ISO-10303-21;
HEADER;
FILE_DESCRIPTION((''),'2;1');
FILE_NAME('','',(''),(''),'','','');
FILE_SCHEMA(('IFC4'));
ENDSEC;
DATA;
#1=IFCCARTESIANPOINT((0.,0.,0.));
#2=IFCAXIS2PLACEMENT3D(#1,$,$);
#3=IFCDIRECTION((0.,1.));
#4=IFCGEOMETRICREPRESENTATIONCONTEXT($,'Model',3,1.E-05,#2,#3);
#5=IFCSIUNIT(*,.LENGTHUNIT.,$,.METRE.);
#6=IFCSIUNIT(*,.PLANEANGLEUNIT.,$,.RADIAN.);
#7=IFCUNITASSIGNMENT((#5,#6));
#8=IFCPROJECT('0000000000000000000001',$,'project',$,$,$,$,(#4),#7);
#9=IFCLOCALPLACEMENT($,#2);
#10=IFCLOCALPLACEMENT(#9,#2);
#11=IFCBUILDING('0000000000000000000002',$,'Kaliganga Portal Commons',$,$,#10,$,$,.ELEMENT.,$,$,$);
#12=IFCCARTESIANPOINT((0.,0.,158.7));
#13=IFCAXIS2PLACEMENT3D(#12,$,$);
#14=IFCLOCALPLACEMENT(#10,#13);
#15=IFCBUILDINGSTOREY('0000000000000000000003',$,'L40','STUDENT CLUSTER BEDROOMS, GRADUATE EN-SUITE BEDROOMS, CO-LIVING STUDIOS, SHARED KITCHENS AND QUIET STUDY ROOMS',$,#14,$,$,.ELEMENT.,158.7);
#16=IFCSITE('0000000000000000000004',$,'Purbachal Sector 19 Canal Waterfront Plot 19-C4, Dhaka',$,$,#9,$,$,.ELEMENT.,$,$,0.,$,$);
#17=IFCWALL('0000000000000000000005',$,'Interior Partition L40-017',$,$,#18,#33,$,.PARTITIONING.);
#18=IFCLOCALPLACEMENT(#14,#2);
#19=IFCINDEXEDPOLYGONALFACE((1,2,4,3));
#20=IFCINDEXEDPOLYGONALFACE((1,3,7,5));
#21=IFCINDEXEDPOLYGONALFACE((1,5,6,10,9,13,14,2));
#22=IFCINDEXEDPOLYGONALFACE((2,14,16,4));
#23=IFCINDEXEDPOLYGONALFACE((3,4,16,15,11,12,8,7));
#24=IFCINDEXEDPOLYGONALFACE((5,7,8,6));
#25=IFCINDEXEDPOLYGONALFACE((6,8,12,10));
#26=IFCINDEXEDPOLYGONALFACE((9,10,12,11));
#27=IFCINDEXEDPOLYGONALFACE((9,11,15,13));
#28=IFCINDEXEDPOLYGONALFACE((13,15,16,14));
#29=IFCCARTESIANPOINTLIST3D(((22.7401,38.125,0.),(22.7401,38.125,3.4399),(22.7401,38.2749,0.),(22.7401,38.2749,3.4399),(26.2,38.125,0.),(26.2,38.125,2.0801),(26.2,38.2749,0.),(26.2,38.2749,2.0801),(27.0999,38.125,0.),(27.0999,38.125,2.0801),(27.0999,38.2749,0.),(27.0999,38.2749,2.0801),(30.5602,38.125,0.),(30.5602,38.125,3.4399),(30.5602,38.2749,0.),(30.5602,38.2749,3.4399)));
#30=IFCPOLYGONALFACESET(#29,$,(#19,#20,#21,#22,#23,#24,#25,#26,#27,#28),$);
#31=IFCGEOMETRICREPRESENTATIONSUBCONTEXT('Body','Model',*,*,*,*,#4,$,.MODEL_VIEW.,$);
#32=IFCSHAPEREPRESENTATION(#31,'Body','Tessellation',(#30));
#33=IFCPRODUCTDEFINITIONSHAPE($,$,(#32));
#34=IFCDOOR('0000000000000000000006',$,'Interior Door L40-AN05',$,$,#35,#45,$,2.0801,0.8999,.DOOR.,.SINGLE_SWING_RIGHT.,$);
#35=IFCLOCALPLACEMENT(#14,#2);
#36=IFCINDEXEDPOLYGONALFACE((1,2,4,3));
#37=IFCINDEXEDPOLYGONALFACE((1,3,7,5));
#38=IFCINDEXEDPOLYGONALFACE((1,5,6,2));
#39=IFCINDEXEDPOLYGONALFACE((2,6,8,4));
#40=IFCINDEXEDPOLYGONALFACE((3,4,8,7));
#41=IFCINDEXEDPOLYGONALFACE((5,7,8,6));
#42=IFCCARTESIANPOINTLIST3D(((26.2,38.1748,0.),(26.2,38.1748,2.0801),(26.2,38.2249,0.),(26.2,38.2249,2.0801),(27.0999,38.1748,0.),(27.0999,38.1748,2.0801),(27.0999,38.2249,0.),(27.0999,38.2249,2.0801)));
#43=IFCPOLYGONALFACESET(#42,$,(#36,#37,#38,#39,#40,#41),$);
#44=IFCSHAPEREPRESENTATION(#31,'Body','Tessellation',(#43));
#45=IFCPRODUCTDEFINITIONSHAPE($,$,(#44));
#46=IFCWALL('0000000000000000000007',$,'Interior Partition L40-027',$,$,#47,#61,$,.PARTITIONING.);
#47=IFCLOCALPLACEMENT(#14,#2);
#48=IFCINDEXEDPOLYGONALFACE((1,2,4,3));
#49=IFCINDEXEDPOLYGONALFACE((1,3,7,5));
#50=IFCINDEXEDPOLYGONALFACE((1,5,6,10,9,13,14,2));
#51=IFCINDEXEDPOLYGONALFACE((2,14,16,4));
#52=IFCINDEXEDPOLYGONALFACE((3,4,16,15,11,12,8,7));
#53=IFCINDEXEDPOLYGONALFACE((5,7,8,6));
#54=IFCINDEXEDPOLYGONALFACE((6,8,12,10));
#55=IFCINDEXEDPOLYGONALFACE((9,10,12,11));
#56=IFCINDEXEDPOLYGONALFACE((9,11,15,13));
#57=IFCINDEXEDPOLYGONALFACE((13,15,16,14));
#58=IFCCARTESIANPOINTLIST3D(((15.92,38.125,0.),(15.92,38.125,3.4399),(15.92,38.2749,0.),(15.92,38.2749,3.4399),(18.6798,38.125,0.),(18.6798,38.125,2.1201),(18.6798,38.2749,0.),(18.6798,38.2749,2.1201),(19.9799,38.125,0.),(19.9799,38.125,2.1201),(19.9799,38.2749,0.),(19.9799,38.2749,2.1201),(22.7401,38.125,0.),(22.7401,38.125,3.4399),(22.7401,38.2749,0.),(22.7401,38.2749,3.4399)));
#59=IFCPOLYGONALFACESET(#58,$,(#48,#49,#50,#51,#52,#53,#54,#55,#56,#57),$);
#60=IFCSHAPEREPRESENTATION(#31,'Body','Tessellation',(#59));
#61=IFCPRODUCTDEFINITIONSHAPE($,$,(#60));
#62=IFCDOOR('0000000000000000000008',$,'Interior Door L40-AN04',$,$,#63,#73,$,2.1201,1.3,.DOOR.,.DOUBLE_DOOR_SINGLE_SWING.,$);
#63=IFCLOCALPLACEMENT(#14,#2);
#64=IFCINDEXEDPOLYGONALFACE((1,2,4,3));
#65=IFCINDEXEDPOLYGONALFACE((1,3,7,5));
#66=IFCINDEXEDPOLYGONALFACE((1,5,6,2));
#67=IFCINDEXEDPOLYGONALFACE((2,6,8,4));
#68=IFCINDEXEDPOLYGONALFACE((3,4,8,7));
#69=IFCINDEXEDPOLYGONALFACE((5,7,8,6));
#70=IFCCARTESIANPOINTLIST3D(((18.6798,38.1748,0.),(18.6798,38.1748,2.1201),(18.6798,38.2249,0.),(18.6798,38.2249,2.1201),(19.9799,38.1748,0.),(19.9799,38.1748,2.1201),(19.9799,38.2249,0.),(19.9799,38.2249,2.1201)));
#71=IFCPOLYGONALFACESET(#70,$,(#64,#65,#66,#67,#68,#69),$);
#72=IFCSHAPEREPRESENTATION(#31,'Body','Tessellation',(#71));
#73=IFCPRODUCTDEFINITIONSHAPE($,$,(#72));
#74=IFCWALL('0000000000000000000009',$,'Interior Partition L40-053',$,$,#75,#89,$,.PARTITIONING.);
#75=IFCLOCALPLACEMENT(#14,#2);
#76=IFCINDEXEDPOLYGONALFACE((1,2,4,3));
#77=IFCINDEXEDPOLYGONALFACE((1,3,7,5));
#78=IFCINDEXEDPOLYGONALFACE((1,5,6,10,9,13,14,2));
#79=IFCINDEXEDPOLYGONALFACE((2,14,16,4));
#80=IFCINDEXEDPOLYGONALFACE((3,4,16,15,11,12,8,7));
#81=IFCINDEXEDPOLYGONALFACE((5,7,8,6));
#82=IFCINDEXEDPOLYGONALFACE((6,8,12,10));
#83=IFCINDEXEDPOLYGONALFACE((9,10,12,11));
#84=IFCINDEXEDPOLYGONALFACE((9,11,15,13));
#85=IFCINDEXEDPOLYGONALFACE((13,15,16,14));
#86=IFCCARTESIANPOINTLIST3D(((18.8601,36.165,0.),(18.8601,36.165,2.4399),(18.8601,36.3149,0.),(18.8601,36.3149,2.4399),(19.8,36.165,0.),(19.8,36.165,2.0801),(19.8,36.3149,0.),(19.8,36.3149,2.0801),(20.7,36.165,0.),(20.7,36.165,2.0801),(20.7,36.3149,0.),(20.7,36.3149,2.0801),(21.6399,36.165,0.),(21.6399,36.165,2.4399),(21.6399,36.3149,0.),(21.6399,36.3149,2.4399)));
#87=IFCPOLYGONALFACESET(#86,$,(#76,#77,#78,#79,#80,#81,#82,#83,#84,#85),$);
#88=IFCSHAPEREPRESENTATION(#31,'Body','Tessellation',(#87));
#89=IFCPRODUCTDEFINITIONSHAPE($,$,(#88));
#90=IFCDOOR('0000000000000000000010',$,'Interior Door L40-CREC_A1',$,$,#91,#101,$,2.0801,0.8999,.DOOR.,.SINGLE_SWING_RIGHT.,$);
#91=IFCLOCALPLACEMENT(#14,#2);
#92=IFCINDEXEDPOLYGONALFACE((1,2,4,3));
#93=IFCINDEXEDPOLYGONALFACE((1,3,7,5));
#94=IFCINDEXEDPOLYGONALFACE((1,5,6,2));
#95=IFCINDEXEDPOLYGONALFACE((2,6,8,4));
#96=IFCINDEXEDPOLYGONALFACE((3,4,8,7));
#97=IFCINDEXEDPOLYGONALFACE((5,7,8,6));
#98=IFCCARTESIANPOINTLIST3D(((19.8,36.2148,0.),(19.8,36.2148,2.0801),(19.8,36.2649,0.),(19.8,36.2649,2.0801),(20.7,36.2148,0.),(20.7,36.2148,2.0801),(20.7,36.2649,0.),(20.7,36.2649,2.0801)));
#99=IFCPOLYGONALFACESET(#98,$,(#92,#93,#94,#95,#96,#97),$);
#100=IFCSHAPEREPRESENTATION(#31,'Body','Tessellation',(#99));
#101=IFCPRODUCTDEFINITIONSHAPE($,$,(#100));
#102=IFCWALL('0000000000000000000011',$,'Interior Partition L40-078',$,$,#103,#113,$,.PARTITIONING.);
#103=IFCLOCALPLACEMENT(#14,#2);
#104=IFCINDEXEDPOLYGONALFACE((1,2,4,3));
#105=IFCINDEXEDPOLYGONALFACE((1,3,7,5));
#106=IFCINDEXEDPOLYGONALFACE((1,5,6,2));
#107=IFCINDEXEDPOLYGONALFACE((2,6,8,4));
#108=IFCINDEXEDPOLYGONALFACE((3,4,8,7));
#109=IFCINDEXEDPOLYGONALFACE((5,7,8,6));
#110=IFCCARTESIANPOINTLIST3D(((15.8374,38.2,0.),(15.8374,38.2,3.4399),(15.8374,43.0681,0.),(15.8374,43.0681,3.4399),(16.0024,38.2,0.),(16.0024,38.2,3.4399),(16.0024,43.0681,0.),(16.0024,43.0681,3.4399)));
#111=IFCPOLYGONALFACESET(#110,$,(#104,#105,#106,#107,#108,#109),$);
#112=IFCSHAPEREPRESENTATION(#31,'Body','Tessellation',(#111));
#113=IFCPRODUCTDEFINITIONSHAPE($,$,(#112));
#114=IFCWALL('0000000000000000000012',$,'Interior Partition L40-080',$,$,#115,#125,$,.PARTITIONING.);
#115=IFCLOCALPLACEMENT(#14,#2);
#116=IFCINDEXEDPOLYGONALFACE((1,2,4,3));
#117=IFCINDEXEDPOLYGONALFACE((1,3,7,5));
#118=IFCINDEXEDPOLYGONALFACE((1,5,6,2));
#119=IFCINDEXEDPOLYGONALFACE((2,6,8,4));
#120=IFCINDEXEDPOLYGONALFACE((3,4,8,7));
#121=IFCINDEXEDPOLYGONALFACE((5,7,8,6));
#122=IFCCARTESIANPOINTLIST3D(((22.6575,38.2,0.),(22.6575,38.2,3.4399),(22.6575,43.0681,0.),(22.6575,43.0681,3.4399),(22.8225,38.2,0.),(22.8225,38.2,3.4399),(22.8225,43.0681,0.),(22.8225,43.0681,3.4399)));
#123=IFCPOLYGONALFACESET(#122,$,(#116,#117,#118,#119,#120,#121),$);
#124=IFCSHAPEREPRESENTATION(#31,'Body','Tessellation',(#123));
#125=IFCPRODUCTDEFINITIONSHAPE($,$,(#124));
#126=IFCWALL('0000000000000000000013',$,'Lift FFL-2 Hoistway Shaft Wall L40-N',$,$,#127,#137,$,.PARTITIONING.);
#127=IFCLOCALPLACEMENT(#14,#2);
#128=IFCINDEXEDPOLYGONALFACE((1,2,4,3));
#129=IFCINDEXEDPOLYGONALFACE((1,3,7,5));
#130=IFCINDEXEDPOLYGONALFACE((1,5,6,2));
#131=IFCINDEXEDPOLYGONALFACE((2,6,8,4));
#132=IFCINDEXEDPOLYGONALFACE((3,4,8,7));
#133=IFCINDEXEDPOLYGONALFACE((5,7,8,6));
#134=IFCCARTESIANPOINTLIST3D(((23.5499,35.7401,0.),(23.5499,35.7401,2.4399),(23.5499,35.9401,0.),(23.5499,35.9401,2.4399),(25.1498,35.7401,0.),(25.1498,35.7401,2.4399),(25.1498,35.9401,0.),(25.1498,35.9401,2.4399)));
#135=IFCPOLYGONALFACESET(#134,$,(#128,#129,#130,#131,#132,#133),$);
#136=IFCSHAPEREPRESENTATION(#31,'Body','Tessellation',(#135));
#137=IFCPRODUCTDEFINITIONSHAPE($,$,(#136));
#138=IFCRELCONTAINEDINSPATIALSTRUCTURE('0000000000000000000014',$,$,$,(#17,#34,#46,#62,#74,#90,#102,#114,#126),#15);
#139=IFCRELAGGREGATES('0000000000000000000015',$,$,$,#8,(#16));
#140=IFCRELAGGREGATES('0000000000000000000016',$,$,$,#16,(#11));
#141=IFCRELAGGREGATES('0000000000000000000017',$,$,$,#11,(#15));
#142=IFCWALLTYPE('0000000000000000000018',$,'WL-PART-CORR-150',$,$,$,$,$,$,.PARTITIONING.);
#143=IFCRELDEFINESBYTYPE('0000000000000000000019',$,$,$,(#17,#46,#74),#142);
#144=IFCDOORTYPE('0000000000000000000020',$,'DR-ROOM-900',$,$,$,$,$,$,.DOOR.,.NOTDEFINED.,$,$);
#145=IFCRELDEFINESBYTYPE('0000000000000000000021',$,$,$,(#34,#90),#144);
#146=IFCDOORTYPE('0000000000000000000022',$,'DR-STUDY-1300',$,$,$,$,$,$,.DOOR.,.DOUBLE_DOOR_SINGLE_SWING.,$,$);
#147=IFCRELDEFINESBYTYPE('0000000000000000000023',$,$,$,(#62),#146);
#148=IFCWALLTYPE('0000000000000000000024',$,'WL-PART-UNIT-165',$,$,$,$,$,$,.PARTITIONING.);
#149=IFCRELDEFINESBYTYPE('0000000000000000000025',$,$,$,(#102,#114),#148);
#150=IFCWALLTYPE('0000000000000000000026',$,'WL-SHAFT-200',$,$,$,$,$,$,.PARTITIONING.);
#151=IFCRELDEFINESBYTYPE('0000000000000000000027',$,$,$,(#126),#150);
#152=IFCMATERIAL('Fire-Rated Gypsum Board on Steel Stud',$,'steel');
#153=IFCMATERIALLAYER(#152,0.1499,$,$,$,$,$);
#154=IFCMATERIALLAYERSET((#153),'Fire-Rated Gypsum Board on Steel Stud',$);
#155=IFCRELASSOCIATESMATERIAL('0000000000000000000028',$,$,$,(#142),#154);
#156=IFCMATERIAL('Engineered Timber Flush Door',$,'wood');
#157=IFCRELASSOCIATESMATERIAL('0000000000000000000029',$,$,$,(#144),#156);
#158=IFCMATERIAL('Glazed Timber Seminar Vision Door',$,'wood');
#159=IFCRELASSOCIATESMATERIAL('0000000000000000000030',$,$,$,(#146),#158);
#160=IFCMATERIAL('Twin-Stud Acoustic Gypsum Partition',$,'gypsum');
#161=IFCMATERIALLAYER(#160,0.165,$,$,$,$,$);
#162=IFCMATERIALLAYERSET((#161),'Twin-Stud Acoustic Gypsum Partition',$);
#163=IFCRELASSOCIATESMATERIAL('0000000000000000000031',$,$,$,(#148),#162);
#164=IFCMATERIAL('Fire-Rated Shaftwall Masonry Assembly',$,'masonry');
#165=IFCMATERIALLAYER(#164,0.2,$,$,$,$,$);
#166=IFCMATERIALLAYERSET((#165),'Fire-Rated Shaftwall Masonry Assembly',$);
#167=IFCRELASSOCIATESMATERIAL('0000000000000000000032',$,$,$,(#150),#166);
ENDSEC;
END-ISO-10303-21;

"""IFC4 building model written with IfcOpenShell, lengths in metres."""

from ifc_helpers import new_model, si_unit, direction, frame, frame_2d, origin, place, context, subcontext, project, spatial, rectangle, extrude, material, layer, layer_set, type_object, element, fill, save


model = new_model("IFC4")

# Units and contexts
model_context = context("Model", 3, precision=1e-05, world=origin(), true_north=direction((0.0, 1.0)))
body_context = subcontext(model_context, "Body", "Model", "MODEL_VIEW")
ifc_project = project(units=[si_unit("LENGTHUNIT", "METRE"), si_unit("PLANEANGLEUNIT", "RADIAN")], contexts=[model_context])

# Site, building, storey
site_placement = place(None, origin())
site = spatial("IfcSite", under=ifc_project, at=site_placement, Name="Purbachal Sector 19 Canal Waterfront Plot 19-C4, Dhaka", CompositionType="ELEMENT", RefElevation=0.0)
building_placement = place(site_placement, origin())
building = spatial("IfcBuilding", under=site, at=building_placement, Name="Kaliganga Portal Commons", CompositionType="ELEMENT")
storey_placement = place(building_placement, frame((0.0, 0.0, 158.7)))
storey = spatial("IfcBuildingStorey", under=building, at=storey_placement, Name="L40", Description="STUDENT CLUSTER BEDROOMS, GRADUATE EN-SUITE BEDROOMS, CO-LIVING STUDIOS, SHARED KITCHENS AND QUIET STUDY ROOMS", CompositionType="ELEMENT", Elevation=158.7)

# Walls, openings, doors
ifc_material_1 = material(Name="Fire-Rated Gypsum Board on Steel Stud", Category="steel")
ifc_layer_1 = layer(ifc_material_1, 0.1499)
ifc_layer_set_1 = layer_set([ifc_layer_1], Name="Fire-Rated Gypsum Board on Steel Stud")
wall_type_1 = type_object("IfcWallType", Name="WL-PART-CORR-150", PredefinedType="PARTITIONING", material=ifc_layer_set_1)
wall_1_placement = place(storey_placement, frame((22.74, 38.2, 0.0), z_axis=(0.0, 0.0, 1.0), x_axis=(1.0, 0.0, 0.0)))
wall_1 = element("IfcWall", 1, at=wall_1_placement, inside=storey, type_object=wall_type_1, Name="Interior Partition L40-017", PredefinedType="PARTITIONING", context=body_context, shape_type="SweptSolid", body=[
    extrude(rectangle(XDim=7.8201, YDim=0.1499, at=frame_2d((3.9102, 0.0))), origin(), (0.0, 0.0, 1.0), 3.4399),
])
opening_1_placement = place(wall_1_placement, frame((3.46, 0.0, 0.0)))
opening_1 = element("IfcOpeningElement", 2, at=opening_1_placement, cuts=wall_1, PredefinedType="OPENING", context=body_context, shape_type="SweptSolid", body=[
    extrude(rectangle(XDim=0.8999, YDim=2.0801, at=frame_2d((0.45, 1.04))), frame((0.0, 0.085, 0.0), z_axis=(0.0, -1.0, 0.0), x_axis=(1.0, 0.0, 0.0)), (0.0, 0.0, 1.0), 0.1699),
])
ifc_material_2 = material(Name="Engineered Timber Flush Door", Category="wood")
door_type_1 = type_object("IfcDoorType", Name="DR-ROOM-900", OperationType="NOTDEFINED", PredefinedType="DOOR", material=ifc_material_2)
door_1_placement = place(opening_1_placement, origin())
door_1 = element("IfcDoor", 3, at=door_1_placement, inside=storey, type_object=door_type_1, Name="Interior Door L40-AN05", OperationType="SINGLE_SWING_RIGHT", OverallHeight=2.0801, OverallWidth=0.8999, PredefinedType="DOOR", context=body_context, shape_type="SweptSolid", body=[
    extrude(rectangle(XDim=0.8999, YDim=2.0801, at=frame_2d((0.45, 1.04))), frame((0.0, 0.0249, 0.0), z_axis=(0.0, -1.0, 0.0), x_axis=(1.0, 0.0, 0.0)), (0.0, 0.0, 1.0), 0.05),
])
fill(opening_1, door_1)
wall_2_placement = place(storey_placement, frame((15.9199, 38.2, 0.0), z_axis=(0.0, 0.0, 1.0), x_axis=(1.0, 0.0, 0.0)))
wall_2 = element("IfcWall", 4, at=wall_2_placement, inside=storey, type_object=wall_type_1, Name="Interior Partition L40-027", PredefinedType="PARTITIONING", context=body_context, shape_type="SweptSolid", body=[
    extrude(rectangle(XDim=6.8201, YDim=0.1499, at=frame_2d((3.4102, 0.0))), origin(), (0.0, 0.0, 1.0), 3.4399),
])
opening_2_placement = place(wall_2_placement, frame((2.76, 0.0, 0.0)))
opening_2 = element("IfcOpeningElement", 5, at=opening_2_placement, cuts=wall_2, PredefinedType="OPENING", context=body_context, shape_type="SweptSolid", body=[
    extrude(rectangle(XDim=1.3, YDim=2.1201, at=frame_2d((0.6499, 1.0601))), frame((0.0, 0.085, 0.0), z_axis=(0.0, -1.0, 0.0), x_axis=(1.0, 0.0, 0.0)), (0.0, 0.0, 1.0), 0.1699),
])
ifc_material_3 = material(Name="Glazed Timber Seminar Vision Door", Category="wood")
door_type_2 = type_object("IfcDoorType", Name="DR-STUDY-1300", OperationType="DOUBLE_DOOR_SINGLE_SWING", PredefinedType="DOOR", material=ifc_material_3)
door_2_placement = place(opening_2_placement, origin())
door_2 = element("IfcDoor", 6, at=door_2_placement, inside=storey, type_object=door_type_2, Name="Interior Door L40-AN04", OperationType="DOUBLE_DOOR_SINGLE_SWING", OverallHeight=2.1201, OverallWidth=1.3, PredefinedType="DOOR", context=body_context, shape_type="SweptSolid", body=[
    extrude(rectangle(XDim=1.3, YDim=2.1201, at=frame_2d((0.6499, 1.0601))), frame((0.0, 0.0249, 0.0), z_axis=(0.0, -1.0, 0.0), x_axis=(1.0, 0.0, 0.0)), (0.0, 0.0, 1.0), 0.05),
])
fill(opening_2, door_2)
wall_3_placement = place(storey_placement, frame((18.8601, 36.24, 0.0), z_axis=(0.0, 0.0, 1.0), x_axis=(1.0, 0.0, 0.0)))
wall_3 = element("IfcWall", 7, at=wall_3_placement, inside=storey, type_object=wall_type_1, Name="Interior Partition L40-053", PredefinedType="PARTITIONING", context=body_context, shape_type="SweptSolid", body=[
    extrude(rectangle(XDim=2.7798, YDim=0.1499, at=frame_2d((1.3899, 0.0))), origin(), (0.0, 0.0, 1.0), 2.4399),
])
opening_3_placement = place(wall_3_placement, frame((0.9399, 0.0, 0.0)))
opening_3 = element("IfcOpeningElement", 8, at=opening_3_placement, cuts=wall_3, PredefinedType="OPENING", context=body_context, shape_type="SweptSolid", body=[
    extrude(rectangle(XDim=0.8999, YDim=2.0801, at=frame_2d((0.45, 1.04))), frame((0.0, 0.085, 0.0), z_axis=(0.0, -1.0, 0.0), x_axis=(1.0, 0.0, 0.0)), (0.0, 0.0, 1.0), 0.1699),
])
door_3_placement = place(opening_3_placement, origin())
door_3 = element("IfcDoor", 9, at=door_3_placement, inside=storey, type_object=door_type_1, Name="Interior Door L40-CREC_A1", OperationType="SINGLE_SWING_RIGHT", OverallHeight=2.0801, OverallWidth=0.8999, PredefinedType="DOOR", context=body_context, shape_type="SweptSolid", body=[
    extrude(rectangle(XDim=0.8999, YDim=2.0801, at=frame_2d((0.45, 1.04))), frame((0.0, 0.0249, 0.0), z_axis=(0.0, -1.0, 0.0), x_axis=(1.0, 0.0, 0.0)), (0.0, 0.0, 1.0), 0.05),
])
fill(opening_3, door_3)

# Walls
ifc_material_4 = material(Name="Twin-Stud Acoustic Gypsum Partition", Category="gypsum")
ifc_layer_2 = layer(ifc_material_4, 0.165)
ifc_layer_set_2 = layer_set([ifc_layer_2], Name="Twin-Stud Acoustic Gypsum Partition")
wall_type_2 = type_object("IfcWallType", Name="WL-PART-UNIT-165", PredefinedType="PARTITIONING", material=ifc_layer_set_2)
for number, where, z_axis, x_axis, name in (
    (10, (15.9199, 38.2, 0.0), (0.0, 0.0, 1.0), (0.0, 1.0, 0.0), "Interior Partition L40-078"),
    (11, (22.74, 38.2, 0.0), (0.0, 0.0, 1.0), (0.0, 1.0, 0.0), "Interior Partition L40-080"),
):
    element("IfcWall", number, at=place(storey_placement, frame(where, z_axis=z_axis, x_axis=x_axis)), inside=storey, type_object=wall_type_2, Name=name, PredefinedType="PARTITIONING", context=body_context, shape_type="SweptSolid", body=[
        extrude(rectangle(XDim=4.8682, YDim=0.165, at=frame_2d((2.4341, 0.0))), origin(), (0.0, 0.0, 1.0), 3.4399),
    ])
ifc_material_5 = material(Name="Fire-Rated Shaftwall Masonry Assembly", Category="masonry")
ifc_layer_3 = layer(ifc_material_5, 0.2)
ifc_layer_set_3 = layer_set([ifc_layer_3], Name="Fire-Rated Shaftwall Masonry Assembly")
wall_type_3 = type_object("IfcWallType", Name="WL-SHAFT-200", PredefinedType="PARTITIONING", material=ifc_layer_set_3)
wall_4_placement = place(storey_placement, frame((23.55, 35.8401, 0.0), z_axis=(0.0, 0.0, 1.0), x_axis=(1.0, 0.0, 0.0)))
element("IfcWall", 12, at=wall_4_placement, inside=storey, type_object=wall_type_3, Name="Lift FFL-2 Hoistway Shaft Wall L40-N", PredefinedType="PARTITIONING", context=body_context, shape_type="SweptSolid", body=[
    extrude(rectangle(XDim=1.5999, YDim=0.2, at=frame_2d((0.7998, 0.0))), origin(), (0.0, 0.0, 1.0), 2.4399),
])

save(model, "model.ifc")
